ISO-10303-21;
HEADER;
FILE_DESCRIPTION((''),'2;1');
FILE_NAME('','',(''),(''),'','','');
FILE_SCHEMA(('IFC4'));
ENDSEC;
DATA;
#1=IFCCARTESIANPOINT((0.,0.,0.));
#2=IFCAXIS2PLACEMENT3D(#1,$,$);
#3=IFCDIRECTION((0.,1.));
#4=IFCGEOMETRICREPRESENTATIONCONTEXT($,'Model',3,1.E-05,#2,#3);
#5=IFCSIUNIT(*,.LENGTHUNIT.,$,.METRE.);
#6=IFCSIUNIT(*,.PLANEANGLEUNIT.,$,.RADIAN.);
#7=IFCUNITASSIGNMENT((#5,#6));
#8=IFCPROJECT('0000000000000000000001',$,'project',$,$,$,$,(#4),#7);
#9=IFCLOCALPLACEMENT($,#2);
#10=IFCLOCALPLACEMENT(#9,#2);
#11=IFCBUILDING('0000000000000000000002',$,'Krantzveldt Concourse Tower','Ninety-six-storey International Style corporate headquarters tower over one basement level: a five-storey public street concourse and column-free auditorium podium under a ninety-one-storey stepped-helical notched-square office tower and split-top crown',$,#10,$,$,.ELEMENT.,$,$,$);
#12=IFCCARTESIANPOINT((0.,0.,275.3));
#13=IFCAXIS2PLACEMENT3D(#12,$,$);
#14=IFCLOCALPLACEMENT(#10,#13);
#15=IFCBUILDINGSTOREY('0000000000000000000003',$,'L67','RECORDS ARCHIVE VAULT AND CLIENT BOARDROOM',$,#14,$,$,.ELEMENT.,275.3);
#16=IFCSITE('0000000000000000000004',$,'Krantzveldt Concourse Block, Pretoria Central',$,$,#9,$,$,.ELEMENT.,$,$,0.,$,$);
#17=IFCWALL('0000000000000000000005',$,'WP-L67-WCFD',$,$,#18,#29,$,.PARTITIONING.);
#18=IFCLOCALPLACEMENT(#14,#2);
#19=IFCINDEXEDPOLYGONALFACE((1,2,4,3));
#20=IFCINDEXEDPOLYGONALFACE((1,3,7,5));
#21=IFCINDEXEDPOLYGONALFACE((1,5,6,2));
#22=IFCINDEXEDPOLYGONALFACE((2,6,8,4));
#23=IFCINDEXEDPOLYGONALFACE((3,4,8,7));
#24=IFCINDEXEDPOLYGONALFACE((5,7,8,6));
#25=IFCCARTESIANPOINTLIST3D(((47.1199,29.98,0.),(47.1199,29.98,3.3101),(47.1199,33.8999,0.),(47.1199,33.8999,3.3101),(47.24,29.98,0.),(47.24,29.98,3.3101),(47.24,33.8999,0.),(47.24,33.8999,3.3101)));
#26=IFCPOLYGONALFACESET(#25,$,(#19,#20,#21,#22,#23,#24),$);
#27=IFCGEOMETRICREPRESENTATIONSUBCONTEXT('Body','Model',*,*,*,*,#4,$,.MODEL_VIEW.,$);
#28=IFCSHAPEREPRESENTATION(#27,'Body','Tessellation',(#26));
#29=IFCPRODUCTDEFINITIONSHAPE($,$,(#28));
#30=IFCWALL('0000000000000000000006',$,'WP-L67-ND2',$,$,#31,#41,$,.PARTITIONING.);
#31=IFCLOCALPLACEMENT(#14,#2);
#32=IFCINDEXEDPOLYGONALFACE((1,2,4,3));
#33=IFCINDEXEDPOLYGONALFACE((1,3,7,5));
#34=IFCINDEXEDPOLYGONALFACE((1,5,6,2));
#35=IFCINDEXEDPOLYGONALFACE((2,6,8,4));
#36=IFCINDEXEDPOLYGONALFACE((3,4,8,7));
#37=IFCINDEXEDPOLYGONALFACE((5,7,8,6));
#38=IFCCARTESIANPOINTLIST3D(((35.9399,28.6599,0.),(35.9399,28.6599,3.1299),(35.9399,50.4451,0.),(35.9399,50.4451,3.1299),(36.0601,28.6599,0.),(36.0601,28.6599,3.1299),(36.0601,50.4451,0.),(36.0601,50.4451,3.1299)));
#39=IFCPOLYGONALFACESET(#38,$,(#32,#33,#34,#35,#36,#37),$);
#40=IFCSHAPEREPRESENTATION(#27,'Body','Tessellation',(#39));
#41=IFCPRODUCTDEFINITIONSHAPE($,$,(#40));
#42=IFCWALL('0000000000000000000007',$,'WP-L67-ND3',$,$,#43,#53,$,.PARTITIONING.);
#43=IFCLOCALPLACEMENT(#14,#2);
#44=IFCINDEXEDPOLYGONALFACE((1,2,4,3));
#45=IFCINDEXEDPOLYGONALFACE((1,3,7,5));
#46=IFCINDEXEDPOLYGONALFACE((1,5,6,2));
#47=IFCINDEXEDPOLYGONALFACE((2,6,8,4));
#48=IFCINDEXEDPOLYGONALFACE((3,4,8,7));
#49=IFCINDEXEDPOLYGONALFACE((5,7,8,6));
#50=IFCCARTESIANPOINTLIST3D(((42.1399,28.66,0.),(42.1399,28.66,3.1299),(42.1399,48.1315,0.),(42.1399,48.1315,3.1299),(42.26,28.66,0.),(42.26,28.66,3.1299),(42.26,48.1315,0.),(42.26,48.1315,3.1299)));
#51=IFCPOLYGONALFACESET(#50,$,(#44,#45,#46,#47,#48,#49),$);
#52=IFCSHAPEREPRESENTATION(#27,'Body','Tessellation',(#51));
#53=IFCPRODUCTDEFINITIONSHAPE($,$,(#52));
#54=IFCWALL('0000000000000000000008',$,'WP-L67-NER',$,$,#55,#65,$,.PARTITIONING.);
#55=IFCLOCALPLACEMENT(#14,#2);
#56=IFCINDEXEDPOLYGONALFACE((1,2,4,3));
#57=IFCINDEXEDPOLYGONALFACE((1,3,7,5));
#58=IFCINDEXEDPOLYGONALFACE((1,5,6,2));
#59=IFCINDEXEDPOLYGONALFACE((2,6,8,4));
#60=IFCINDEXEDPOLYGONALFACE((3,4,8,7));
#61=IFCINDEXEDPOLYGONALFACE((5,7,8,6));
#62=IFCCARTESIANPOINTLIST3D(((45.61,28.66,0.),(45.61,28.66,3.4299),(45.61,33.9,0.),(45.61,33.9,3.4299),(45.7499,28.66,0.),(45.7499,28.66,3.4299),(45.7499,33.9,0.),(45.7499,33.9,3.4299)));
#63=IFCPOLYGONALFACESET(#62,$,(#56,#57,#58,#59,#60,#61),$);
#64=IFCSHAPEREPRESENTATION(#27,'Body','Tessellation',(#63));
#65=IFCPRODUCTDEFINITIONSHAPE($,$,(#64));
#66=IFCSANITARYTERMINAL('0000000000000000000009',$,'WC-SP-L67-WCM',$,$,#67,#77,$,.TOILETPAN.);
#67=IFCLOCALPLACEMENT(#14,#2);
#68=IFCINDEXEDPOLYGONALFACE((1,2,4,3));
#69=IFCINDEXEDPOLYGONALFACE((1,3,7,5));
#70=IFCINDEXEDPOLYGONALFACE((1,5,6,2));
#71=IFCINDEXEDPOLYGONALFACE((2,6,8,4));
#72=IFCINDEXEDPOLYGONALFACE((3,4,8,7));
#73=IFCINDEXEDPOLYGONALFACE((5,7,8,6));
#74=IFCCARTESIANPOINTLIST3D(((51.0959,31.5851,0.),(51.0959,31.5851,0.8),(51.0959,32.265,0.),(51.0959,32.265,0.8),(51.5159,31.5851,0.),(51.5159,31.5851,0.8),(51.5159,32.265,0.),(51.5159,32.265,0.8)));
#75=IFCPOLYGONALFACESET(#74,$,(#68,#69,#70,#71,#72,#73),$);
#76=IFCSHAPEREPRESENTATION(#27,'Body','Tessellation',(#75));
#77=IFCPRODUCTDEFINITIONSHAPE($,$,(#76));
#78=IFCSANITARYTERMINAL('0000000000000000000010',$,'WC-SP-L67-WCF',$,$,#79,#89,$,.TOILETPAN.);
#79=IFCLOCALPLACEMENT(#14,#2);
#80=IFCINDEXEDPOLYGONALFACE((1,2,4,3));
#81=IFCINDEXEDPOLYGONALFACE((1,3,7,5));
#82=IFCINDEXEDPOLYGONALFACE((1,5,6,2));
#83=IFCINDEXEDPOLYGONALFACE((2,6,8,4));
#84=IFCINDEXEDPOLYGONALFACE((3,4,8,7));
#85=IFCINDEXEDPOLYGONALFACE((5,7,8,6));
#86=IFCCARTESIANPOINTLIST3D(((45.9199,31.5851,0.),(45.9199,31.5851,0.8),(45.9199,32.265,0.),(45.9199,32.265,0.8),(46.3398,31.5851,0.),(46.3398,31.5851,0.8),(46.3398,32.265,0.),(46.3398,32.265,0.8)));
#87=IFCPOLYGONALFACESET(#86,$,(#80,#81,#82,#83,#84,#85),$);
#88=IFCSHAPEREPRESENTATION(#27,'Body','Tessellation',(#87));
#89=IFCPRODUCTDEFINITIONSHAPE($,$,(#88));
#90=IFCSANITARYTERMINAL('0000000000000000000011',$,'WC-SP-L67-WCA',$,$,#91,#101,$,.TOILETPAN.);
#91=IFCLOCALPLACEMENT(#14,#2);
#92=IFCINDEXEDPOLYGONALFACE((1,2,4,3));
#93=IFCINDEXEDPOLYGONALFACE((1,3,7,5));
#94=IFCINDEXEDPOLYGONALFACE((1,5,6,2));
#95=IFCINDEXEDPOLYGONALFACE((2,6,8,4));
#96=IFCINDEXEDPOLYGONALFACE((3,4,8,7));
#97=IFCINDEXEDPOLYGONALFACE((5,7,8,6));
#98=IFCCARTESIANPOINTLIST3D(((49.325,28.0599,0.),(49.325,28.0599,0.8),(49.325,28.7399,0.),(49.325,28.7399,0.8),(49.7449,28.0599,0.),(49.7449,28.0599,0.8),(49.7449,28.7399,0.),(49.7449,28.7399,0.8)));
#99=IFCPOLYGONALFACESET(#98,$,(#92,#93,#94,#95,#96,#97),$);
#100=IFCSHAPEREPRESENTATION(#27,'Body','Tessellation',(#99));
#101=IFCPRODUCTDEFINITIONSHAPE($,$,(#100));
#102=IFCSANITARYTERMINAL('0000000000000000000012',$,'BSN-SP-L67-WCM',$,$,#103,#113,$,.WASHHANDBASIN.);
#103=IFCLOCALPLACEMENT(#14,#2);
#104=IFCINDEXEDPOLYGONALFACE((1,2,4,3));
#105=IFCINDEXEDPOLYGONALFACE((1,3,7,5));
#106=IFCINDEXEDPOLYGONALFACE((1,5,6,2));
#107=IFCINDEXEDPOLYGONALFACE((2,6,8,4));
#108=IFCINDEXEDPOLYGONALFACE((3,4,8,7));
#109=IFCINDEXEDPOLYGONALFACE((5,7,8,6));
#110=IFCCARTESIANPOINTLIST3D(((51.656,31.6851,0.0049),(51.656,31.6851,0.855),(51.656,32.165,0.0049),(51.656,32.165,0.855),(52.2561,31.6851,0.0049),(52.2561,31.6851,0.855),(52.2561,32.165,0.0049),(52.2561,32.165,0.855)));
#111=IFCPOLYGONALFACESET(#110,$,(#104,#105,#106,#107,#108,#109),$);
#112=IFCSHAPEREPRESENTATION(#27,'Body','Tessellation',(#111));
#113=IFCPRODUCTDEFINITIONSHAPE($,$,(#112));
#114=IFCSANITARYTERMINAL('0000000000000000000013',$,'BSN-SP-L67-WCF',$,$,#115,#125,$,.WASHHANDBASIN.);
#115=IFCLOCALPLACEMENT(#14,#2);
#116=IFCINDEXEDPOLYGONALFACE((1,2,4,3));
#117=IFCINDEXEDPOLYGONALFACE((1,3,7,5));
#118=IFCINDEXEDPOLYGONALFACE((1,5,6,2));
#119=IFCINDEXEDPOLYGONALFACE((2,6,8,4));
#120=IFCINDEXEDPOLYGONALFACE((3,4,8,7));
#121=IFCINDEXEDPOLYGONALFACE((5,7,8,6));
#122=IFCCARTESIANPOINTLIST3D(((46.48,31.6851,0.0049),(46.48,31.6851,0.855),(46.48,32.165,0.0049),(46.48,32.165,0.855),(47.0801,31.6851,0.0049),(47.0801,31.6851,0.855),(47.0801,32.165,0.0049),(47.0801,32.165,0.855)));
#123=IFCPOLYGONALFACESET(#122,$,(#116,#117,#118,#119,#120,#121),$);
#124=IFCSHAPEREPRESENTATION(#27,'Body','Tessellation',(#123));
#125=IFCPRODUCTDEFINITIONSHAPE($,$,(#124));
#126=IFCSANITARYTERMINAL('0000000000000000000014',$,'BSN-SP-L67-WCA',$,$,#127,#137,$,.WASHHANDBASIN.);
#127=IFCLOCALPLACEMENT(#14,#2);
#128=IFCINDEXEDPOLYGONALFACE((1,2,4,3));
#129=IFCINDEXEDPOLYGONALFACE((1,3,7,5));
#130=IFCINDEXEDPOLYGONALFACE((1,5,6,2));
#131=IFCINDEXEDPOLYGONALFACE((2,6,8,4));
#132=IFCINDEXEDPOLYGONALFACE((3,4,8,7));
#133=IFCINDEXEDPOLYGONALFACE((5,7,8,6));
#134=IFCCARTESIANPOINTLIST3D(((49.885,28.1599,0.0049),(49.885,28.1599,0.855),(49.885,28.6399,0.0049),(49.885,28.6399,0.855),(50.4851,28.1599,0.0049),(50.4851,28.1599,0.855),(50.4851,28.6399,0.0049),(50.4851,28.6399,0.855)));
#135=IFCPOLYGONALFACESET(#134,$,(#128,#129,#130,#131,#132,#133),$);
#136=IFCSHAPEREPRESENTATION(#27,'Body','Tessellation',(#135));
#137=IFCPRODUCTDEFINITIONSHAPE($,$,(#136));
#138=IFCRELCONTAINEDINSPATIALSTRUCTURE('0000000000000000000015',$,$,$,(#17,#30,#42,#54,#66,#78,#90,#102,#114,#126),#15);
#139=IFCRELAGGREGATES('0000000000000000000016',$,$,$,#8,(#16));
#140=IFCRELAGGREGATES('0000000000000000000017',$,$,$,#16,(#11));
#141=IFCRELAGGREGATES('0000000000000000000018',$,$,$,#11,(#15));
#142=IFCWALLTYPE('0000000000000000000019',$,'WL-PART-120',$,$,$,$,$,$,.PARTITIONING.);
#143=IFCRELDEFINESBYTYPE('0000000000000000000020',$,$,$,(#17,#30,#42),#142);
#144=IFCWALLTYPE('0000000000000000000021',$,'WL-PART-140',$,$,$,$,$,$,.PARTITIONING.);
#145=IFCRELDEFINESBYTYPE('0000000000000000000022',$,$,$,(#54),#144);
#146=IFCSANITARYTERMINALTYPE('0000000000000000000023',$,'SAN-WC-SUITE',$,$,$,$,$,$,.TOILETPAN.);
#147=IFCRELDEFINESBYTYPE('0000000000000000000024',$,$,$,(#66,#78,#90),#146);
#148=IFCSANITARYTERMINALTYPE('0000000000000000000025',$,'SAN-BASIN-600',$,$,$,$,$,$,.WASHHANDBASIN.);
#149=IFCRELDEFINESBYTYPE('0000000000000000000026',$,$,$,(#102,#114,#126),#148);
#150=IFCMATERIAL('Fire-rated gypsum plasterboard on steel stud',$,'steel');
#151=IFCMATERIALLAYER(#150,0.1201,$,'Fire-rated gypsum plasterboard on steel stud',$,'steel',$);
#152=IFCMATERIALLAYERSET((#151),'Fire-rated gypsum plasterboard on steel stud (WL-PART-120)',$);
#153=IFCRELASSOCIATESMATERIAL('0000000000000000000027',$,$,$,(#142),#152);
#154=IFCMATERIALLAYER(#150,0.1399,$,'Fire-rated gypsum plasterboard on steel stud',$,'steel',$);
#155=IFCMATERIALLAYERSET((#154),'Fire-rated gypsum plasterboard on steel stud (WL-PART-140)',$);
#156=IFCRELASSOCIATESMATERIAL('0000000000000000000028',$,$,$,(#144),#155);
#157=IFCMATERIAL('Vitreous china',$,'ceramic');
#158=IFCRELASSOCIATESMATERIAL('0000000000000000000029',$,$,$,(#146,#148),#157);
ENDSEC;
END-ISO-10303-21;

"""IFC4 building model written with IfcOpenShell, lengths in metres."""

from ifc_helpers import new_model, si_unit, direction, frame, frame_2d, origin, origin_2d, place, context, subcontext, project, spatial, rectangle, extrude, source, transform, mapped, material, layer, layer_set, type_object, type_shapes, element, save


model = new_model("IFC4")

# Units and contexts
model_context = context("Model", 3, precision=1e-05, world=origin(), true_north=direction((0.0, 1.0)))
body_context = subcontext(model_context, "Body", "Model", "MODEL_VIEW")
ifc_project = project(units=[si_unit("LENGTHUNIT", "METRE"), si_unit("PLANEANGLEUNIT", "RADIAN")], contexts=[model_context])

# Site, building, storey
site_placement = place(None, origin())
site = spatial("IfcSite", under=ifc_project, at=site_placement, Name="Krantzveldt Concourse Block, Pretoria Central", CompositionType="ELEMENT", RefElevation=0.0)
building_placement = place(site_placement, origin())
building = spatial("IfcBuilding", under=site, at=building_placement, Name="Krantzveldt Concourse Tower", Description="Ninety-six-storey International Style corporate headquarters tower over one basement level: a five-storey public street concourse and column-free auditorium podium under a ninety-one-storey stepped-helical notched-square office tower and split-top crown", CompositionType="ELEMENT")
storey_placement = place(building_placement, frame((0.0, 0.0, 275.3)))
storey = spatial("IfcBuildingStorey", under=building, at=storey_placement, Name="L67", Description="RECORDS ARCHIVE VAULT AND CLIENT BOARDROOM", CompositionType="ELEMENT", Elevation=275.3)

# Shared definitions
ifc_material_1 = material(Name="Fire-rated gypsum plasterboard on steel stud", Category="steel")
ifc_layer_1 = layer(ifc_material_1, 0.1201, Name="Fire-rated gypsum plasterboard on steel stud", Category="steel")
ifc_layer_set_1 = layer_set([ifc_layer_1], Name="Fire-rated gypsum plasterboard on steel stud (WL-PART-120)")
wall_type_1 = type_object("IfcWallType", Name="WL-PART-120", PredefinedType="PARTITIONING", material=ifc_layer_set_1)

# Walls
wall_1_placement = place(storey_placement, frame((47.1799, 29.98, 0.0), z_axis=(0.0, 0.0, 1.0), x_axis=(0.0, 1.0, 0.0)))
element("IfcWall", 1, at=wall_1_placement, inside=storey, type_object=wall_type_1, Name="WP-L67-WCFD", PredefinedType="PARTITIONING", context=body_context, shape_type="SweptSolid", body=[
    extrude(rectangle(XDim=3.9199, YDim=0.1201, at=frame_2d((1.96, 0.0))), origin(), (0.0, 0.0, 1.0), 3.3101),
])
wall_2_placement = place(storey_placement, frame((36.0, 28.6599, 0.0), z_axis=(0.0, 0.0, 1.0), x_axis=(0.0, 1.0, 0.0)))
element("IfcWall", 2, at=wall_2_placement, inside=storey, type_object=wall_type_1, Name="WP-L67-ND2", PredefinedType="PARTITIONING", context=body_context, shape_type="SweptSolid", body=[
    extrude(rectangle(XDim=21.7852, YDim=0.1201, at=frame_2d((10.8926, 0.0))), origin(), (0.0, 0.0, 1.0), 3.1299),
])
wall_3_placement = place(storey_placement, frame((42.2, 28.6599, 0.0), z_axis=(0.0, 0.0, 1.0), x_axis=(0.0, 1.0, 0.0)))
element("IfcWall", 3, at=wall_3_placement, inside=storey, type_object=wall_type_1, Name="WP-L67-ND3", PredefinedType="PARTITIONING", context=body_context, shape_type="SweptSolid", body=[
    extrude(rectangle(XDim=19.4714, YDim=0.1201, at=frame_2d((9.7358, 0.0))), origin(), (0.0, 0.0, 1.0), 3.1299),
])
ifc_layer_2 = layer(ifc_material_1, 0.1399, Name="Fire-rated gypsum plasterboard on steel stud", Category="steel")
ifc_layer_set_2 = layer_set([ifc_layer_2], Name="Fire-rated gypsum plasterboard on steel stud (WL-PART-140)")
wall_type_2 = type_object("IfcWallType", Name="WL-PART-140", PredefinedType="PARTITIONING", material=ifc_layer_set_2)
wall_4_placement = place(storey_placement, frame((45.6799, 28.6599, 0.0), z_axis=(0.0, 0.0, 1.0), x_axis=(0.0, 1.0, 0.0)))
element("IfcWall", 4, at=wall_4_placement, inside=storey, type_object=wall_type_2, Name="WP-L67-NER", PredefinedType="PARTITIONING", context=body_context, shape_type="SweptSolid", body=[
    extrude(rectangle(XDim=5.24, YDim=0.1399, at=frame_2d((2.6201, 0.0))), origin(), (0.0, 0.0, 1.0), 3.4299),
])

# Sanitary terminals
ifc_material_2 = material(Name="Vitreous china", Category="ceramic")
sanitary_terminal_type_1 = type_object("IfcSanitaryTerminalType", Name="SAN-WC-SUITE", PredefinedType="TOILETPAN", material=ifc_material_2)
shared_shape_1 = source(origin(), body_context, "Body", "SweptSolid", [
    extrude(rectangle(XDim=0.4199, YDim=0.6799, at=origin_2d()), origin(), (0.0, 0.0, 1.0), 0.8),
])
type_shapes(sanitary_terminal_type_1, [shared_shape_1])
for number, where, z_axis, x_axis, name in (
    (5, (51.3059, 31.925, 0.0), (0.0, 0.0, 1.0), (1.0, 0.0, 0.0), "WC-SP-L67-WCM"),
    (6, (46.1299, 31.925, 0.0), (0.0, 0.0, 1.0), (1.0, 0.0, 0.0), "WC-SP-L67-WCF"),
    (7, (49.5349, 28.3999, 0.0), (0.0, 0.0, 1.0), (1.0, 0.0, 0.0), "WC-SP-L67-WCA"),
):
    element("IfcSanitaryTerminal", number, at=place(storey_placement, frame(where, z_axis=z_axis, x_axis=x_axis)), inside=storey, type_object=sanitary_terminal_type_1, Name=name, PredefinedType="TOILETPAN", context=body_context, shape_type="MappedRepresentation", body=[
        mapped(shared_shape_1, transform((0.0, 0.0, 0.0), x_axis=(1.0, 0.0, 0.0), y_axis=(0.0, 1.0, 0.0), z_axis=(0.0, 0.0, 1.0), scale=1.0)),
    ])
sanitary_terminal_type_2 = type_object("IfcSanitaryTerminalType", Name="SAN-BASIN-600", PredefinedType="WASHHANDBASIN", material=ifc_material_2)
shared_shape_2 = source(origin(), body_context, "Body", "SweptSolid", [
    extrude(rectangle(XDim=0.6001, YDim=0.48, at=origin_2d()), origin(), (0.0, 0.0, 1.0), 0.8501),
])
type_shapes(sanitary_terminal_type_2, [shared_shape_2])
for number, where, z_axis, x_axis, name in (
    (8, (51.9561, 31.925, 0.0049), (0.0, 0.0, 1.0), (1.0, 0.0, 0.0), "BSN-SP-L67-WCM"),
    (9, (46.78, 31.925, 0.0049), (0.0, 0.0, 1.0), (1.0, 0.0, 0.0), "BSN-SP-L67-WCF"),
    (10, (50.1851, 28.3999, 0.0049), (0.0, 0.0, 1.0), (1.0, 0.0, 0.0), "BSN-SP-L67-WCA"),
):
    element("IfcSanitaryTerminal", number, at=place(storey_placement, frame(where, z_axis=z_axis, x_axis=x_axis)), inside=storey, type_object=sanitary_terminal_type_2, Name=name, PredefinedType="WASHHANDBASIN", context=body_context, shape_type="MappedRepresentation", body=[
        mapped(shared_shape_2, transform((0.0, 0.0, 0.0), x_axis=(1.0, 0.0, 0.0), y_axis=(0.0, 1.0, 0.0), z_axis=(0.0, 0.0, 1.0), scale=1.0)),
    ])

save(model, "model.ifc")
